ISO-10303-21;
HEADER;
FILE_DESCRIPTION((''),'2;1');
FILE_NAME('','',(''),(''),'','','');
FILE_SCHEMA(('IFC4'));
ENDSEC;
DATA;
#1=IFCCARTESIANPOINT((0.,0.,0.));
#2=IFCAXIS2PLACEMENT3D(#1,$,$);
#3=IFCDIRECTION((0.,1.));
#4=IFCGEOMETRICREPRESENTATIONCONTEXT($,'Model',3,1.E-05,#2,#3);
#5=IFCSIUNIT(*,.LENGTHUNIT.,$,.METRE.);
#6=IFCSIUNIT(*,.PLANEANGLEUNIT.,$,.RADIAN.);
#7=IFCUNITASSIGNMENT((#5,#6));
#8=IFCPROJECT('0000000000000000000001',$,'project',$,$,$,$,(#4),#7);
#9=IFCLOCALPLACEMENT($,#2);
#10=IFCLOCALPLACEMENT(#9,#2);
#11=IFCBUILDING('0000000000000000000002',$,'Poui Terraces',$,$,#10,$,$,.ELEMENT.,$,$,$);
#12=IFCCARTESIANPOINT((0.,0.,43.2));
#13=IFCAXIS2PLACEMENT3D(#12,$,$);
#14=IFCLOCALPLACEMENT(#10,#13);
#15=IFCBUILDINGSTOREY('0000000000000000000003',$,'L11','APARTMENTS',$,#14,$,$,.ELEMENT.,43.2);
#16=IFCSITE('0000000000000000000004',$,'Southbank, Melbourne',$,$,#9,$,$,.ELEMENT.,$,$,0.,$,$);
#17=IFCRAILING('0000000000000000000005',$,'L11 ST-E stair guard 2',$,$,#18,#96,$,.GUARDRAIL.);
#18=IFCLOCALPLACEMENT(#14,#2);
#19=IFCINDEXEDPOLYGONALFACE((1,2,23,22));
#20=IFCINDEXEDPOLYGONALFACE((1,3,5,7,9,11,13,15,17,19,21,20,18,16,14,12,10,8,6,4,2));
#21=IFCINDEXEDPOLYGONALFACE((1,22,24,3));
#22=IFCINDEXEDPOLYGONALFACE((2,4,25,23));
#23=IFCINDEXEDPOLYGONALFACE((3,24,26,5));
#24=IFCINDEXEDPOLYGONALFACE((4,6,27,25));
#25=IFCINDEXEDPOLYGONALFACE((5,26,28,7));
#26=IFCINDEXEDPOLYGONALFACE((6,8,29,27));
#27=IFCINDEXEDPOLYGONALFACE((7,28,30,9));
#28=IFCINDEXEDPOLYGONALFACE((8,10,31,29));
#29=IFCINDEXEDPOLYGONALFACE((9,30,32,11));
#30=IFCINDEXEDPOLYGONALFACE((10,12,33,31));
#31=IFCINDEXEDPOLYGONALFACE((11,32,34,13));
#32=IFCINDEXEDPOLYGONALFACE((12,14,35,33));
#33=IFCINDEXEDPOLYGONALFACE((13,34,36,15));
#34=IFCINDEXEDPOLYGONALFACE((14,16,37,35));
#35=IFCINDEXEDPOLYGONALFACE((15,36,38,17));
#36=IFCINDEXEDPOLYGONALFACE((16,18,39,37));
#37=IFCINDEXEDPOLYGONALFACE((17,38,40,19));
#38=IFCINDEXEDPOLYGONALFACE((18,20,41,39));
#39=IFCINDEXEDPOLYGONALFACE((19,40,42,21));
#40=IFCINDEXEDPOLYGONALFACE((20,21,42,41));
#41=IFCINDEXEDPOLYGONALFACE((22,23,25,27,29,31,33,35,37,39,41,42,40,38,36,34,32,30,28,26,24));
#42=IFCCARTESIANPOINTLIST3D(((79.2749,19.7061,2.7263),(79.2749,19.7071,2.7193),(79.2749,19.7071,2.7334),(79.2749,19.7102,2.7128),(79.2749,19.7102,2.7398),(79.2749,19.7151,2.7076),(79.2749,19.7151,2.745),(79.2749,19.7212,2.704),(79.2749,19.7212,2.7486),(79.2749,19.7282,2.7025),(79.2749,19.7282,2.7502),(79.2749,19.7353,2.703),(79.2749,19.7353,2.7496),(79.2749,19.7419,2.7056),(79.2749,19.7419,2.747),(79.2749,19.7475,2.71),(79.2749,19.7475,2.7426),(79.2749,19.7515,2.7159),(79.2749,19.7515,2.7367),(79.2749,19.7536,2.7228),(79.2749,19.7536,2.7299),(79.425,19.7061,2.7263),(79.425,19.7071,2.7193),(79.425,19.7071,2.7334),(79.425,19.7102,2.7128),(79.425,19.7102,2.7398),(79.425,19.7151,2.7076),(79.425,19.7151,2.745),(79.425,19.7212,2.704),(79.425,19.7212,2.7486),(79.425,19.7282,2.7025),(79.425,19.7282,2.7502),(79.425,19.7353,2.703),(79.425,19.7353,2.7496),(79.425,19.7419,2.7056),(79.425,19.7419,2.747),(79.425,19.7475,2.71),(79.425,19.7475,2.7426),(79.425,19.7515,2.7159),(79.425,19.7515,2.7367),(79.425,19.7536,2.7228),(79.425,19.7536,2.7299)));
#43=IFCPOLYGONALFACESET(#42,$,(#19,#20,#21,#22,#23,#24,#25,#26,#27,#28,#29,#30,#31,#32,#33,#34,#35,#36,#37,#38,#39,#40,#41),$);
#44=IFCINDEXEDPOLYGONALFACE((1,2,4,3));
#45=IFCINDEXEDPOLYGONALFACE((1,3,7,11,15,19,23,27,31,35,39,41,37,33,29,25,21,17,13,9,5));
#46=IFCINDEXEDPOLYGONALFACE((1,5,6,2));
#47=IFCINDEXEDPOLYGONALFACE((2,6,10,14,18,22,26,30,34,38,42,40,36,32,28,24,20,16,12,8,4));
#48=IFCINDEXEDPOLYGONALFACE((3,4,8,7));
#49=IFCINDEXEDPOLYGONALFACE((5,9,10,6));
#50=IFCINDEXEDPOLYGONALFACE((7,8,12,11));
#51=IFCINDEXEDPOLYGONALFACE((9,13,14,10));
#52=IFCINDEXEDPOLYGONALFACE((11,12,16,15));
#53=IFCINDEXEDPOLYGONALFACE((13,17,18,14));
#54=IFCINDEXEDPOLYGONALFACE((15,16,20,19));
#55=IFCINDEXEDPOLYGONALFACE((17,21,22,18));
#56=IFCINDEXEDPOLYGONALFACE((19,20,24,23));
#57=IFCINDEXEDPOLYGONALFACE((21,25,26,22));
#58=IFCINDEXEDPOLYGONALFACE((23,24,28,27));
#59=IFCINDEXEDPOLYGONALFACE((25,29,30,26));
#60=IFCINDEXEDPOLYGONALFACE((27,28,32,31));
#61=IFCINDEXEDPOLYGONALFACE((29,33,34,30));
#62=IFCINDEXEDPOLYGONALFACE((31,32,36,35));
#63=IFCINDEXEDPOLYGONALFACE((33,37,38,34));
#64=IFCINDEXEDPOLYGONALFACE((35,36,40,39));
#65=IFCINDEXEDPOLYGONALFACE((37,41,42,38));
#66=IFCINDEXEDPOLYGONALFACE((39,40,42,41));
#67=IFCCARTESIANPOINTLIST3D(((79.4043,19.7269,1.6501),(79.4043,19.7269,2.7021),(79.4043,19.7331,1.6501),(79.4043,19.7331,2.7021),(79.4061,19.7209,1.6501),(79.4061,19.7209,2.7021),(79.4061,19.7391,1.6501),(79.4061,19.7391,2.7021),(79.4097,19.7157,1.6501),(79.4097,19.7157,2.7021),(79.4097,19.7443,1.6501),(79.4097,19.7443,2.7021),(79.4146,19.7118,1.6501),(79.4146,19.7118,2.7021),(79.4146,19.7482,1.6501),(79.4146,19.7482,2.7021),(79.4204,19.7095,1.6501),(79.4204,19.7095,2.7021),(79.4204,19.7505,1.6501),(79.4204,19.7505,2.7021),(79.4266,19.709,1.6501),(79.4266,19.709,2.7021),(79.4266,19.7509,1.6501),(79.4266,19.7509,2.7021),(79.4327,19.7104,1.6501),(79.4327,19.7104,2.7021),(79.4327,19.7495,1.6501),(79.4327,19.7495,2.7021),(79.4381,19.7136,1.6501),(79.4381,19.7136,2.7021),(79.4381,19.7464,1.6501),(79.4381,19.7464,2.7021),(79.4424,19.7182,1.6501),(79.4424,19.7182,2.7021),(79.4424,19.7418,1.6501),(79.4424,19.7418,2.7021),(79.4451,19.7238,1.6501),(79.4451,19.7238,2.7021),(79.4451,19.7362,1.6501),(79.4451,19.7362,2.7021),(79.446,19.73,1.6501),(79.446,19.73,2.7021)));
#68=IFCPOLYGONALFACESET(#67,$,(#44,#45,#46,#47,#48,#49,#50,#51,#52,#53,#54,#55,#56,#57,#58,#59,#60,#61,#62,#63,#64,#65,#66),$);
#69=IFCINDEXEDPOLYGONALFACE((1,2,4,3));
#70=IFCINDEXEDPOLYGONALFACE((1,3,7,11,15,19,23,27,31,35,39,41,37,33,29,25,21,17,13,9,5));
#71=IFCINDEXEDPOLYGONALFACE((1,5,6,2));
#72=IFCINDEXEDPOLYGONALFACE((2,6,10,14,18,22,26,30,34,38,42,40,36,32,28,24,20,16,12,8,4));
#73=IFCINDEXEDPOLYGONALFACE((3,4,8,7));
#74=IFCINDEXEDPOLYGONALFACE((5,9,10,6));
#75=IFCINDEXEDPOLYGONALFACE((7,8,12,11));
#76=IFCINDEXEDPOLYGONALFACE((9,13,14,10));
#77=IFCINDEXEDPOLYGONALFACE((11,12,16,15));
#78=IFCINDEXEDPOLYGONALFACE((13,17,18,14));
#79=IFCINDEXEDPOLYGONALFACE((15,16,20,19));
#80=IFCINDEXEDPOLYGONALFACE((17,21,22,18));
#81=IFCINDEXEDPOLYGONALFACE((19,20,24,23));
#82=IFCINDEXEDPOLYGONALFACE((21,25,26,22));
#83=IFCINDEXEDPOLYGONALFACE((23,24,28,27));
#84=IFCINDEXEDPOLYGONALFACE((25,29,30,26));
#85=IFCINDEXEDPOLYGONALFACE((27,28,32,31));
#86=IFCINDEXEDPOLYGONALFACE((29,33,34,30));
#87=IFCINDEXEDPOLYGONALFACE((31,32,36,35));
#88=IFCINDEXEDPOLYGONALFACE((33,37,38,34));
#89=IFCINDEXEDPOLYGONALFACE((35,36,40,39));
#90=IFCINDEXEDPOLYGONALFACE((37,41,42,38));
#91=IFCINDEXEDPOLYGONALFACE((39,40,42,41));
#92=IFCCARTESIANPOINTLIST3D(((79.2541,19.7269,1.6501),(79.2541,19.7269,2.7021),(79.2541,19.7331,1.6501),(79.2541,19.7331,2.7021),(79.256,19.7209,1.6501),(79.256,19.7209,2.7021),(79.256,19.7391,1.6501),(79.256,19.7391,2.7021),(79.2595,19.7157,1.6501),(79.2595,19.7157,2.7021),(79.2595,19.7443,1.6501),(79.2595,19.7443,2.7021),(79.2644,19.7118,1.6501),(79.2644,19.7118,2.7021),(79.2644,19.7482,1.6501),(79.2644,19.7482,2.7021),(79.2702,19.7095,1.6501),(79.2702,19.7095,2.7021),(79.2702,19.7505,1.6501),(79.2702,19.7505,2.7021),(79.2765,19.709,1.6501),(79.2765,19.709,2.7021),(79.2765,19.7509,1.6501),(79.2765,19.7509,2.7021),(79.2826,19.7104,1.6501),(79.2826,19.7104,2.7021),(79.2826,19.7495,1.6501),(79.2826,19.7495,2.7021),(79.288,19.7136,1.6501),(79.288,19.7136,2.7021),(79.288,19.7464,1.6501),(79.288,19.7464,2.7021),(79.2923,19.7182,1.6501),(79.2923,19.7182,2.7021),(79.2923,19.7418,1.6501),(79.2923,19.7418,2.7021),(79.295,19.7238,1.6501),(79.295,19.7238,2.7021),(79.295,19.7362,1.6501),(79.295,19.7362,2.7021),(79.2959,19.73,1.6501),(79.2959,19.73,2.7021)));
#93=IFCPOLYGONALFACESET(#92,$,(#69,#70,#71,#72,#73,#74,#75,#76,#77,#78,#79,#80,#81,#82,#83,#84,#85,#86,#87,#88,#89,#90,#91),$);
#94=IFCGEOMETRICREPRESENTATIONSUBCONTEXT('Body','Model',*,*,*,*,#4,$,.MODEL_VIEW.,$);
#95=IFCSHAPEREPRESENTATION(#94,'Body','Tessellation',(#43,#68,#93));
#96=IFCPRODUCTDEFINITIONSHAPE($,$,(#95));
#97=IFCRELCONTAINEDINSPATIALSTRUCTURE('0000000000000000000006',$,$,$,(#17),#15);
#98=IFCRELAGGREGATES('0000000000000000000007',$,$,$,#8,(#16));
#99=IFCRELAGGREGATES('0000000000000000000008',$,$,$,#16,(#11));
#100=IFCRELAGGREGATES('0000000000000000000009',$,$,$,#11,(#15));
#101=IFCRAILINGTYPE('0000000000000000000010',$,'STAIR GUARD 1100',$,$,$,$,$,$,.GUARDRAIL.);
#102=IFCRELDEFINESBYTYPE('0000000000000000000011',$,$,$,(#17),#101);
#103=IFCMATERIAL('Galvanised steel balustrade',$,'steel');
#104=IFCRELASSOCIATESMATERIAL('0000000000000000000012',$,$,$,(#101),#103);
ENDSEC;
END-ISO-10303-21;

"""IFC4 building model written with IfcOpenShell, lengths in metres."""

from ifc_helpers import new_model, si_unit, direction, frame, origin, origin_2d, place, context, subcontext, project, spatial, circle, extrude, material, type_object, element, save


model = new_model("IFC4")

# Units and contexts
model_context = context("Model", 3, precision=1e-05, world=origin(), true_north=direction((0.0, 1.0)))
body_context = subcontext(model_context, "Body", "Model", "MODEL_VIEW")
ifc_project = project(units=[si_unit("LENGTHUNIT", "METRE"), si_unit("PLANEANGLEUNIT", "RADIAN")], contexts=[model_context])

# Site, building, storey
site_placement = place(None, origin())
site = spatial("IfcSite", under=ifc_project, at=site_placement, Name="Southbank, Melbourne", CompositionType="ELEMENT", RefElevation=0.0)
building_placement = place(site_placement, origin())
building = spatial("IfcBuilding", under=site, at=building_placement, Name="Poui Terraces", CompositionType="ELEMENT")
storey_placement = place(building_placement, frame((0.0, 0.0, 43.2)))
storey = spatial("IfcBuildingStorey", under=building, at=storey_placement, Name="L11", Description="APARTMENTS", CompositionType="ELEMENT", Elevation=43.2)

# Railing
ifc_material_1 = material(Name="Galvanised steel balustrade", Category="steel")
railing_type_1 = type_object("IfcRailingType", Name="STAIR GUARD 1100", PredefinedType="GUARDRAIL", material=ifc_material_1)
railing_1_placement = place(storey_placement, frame((79.425, 19.73, 1.6501)))
element("IfcRailing", 1, at=railing_1_placement, inside=storey, type_object=railing_type_1, Name="L11 ST-E stair guard 2", PredefinedType="GUARDRAIL", context=body_context, shape_type="SweptSolid", body=[
    extrude(circle(Radius=0.0239, at=origin_2d()), frame((0.0, 0.0, 1.0762), z_axis=(-1.0, 0.0, 0.0), x_axis=(0.0, -1.0, 0.0)), (0.0, 0.0, 1.0), 0.1501),
    extrude(circle(Radius=0.021, at=origin_2d()), origin(), (0.0, 0.0, 1.0), 1.052),
    extrude(circle(Radius=0.021, at=origin_2d()), frame((-0.1501, 0.0, 0.0)), (0.0, 0.0, 1.0), 1.052),
])

save(model, "model.ifc")
